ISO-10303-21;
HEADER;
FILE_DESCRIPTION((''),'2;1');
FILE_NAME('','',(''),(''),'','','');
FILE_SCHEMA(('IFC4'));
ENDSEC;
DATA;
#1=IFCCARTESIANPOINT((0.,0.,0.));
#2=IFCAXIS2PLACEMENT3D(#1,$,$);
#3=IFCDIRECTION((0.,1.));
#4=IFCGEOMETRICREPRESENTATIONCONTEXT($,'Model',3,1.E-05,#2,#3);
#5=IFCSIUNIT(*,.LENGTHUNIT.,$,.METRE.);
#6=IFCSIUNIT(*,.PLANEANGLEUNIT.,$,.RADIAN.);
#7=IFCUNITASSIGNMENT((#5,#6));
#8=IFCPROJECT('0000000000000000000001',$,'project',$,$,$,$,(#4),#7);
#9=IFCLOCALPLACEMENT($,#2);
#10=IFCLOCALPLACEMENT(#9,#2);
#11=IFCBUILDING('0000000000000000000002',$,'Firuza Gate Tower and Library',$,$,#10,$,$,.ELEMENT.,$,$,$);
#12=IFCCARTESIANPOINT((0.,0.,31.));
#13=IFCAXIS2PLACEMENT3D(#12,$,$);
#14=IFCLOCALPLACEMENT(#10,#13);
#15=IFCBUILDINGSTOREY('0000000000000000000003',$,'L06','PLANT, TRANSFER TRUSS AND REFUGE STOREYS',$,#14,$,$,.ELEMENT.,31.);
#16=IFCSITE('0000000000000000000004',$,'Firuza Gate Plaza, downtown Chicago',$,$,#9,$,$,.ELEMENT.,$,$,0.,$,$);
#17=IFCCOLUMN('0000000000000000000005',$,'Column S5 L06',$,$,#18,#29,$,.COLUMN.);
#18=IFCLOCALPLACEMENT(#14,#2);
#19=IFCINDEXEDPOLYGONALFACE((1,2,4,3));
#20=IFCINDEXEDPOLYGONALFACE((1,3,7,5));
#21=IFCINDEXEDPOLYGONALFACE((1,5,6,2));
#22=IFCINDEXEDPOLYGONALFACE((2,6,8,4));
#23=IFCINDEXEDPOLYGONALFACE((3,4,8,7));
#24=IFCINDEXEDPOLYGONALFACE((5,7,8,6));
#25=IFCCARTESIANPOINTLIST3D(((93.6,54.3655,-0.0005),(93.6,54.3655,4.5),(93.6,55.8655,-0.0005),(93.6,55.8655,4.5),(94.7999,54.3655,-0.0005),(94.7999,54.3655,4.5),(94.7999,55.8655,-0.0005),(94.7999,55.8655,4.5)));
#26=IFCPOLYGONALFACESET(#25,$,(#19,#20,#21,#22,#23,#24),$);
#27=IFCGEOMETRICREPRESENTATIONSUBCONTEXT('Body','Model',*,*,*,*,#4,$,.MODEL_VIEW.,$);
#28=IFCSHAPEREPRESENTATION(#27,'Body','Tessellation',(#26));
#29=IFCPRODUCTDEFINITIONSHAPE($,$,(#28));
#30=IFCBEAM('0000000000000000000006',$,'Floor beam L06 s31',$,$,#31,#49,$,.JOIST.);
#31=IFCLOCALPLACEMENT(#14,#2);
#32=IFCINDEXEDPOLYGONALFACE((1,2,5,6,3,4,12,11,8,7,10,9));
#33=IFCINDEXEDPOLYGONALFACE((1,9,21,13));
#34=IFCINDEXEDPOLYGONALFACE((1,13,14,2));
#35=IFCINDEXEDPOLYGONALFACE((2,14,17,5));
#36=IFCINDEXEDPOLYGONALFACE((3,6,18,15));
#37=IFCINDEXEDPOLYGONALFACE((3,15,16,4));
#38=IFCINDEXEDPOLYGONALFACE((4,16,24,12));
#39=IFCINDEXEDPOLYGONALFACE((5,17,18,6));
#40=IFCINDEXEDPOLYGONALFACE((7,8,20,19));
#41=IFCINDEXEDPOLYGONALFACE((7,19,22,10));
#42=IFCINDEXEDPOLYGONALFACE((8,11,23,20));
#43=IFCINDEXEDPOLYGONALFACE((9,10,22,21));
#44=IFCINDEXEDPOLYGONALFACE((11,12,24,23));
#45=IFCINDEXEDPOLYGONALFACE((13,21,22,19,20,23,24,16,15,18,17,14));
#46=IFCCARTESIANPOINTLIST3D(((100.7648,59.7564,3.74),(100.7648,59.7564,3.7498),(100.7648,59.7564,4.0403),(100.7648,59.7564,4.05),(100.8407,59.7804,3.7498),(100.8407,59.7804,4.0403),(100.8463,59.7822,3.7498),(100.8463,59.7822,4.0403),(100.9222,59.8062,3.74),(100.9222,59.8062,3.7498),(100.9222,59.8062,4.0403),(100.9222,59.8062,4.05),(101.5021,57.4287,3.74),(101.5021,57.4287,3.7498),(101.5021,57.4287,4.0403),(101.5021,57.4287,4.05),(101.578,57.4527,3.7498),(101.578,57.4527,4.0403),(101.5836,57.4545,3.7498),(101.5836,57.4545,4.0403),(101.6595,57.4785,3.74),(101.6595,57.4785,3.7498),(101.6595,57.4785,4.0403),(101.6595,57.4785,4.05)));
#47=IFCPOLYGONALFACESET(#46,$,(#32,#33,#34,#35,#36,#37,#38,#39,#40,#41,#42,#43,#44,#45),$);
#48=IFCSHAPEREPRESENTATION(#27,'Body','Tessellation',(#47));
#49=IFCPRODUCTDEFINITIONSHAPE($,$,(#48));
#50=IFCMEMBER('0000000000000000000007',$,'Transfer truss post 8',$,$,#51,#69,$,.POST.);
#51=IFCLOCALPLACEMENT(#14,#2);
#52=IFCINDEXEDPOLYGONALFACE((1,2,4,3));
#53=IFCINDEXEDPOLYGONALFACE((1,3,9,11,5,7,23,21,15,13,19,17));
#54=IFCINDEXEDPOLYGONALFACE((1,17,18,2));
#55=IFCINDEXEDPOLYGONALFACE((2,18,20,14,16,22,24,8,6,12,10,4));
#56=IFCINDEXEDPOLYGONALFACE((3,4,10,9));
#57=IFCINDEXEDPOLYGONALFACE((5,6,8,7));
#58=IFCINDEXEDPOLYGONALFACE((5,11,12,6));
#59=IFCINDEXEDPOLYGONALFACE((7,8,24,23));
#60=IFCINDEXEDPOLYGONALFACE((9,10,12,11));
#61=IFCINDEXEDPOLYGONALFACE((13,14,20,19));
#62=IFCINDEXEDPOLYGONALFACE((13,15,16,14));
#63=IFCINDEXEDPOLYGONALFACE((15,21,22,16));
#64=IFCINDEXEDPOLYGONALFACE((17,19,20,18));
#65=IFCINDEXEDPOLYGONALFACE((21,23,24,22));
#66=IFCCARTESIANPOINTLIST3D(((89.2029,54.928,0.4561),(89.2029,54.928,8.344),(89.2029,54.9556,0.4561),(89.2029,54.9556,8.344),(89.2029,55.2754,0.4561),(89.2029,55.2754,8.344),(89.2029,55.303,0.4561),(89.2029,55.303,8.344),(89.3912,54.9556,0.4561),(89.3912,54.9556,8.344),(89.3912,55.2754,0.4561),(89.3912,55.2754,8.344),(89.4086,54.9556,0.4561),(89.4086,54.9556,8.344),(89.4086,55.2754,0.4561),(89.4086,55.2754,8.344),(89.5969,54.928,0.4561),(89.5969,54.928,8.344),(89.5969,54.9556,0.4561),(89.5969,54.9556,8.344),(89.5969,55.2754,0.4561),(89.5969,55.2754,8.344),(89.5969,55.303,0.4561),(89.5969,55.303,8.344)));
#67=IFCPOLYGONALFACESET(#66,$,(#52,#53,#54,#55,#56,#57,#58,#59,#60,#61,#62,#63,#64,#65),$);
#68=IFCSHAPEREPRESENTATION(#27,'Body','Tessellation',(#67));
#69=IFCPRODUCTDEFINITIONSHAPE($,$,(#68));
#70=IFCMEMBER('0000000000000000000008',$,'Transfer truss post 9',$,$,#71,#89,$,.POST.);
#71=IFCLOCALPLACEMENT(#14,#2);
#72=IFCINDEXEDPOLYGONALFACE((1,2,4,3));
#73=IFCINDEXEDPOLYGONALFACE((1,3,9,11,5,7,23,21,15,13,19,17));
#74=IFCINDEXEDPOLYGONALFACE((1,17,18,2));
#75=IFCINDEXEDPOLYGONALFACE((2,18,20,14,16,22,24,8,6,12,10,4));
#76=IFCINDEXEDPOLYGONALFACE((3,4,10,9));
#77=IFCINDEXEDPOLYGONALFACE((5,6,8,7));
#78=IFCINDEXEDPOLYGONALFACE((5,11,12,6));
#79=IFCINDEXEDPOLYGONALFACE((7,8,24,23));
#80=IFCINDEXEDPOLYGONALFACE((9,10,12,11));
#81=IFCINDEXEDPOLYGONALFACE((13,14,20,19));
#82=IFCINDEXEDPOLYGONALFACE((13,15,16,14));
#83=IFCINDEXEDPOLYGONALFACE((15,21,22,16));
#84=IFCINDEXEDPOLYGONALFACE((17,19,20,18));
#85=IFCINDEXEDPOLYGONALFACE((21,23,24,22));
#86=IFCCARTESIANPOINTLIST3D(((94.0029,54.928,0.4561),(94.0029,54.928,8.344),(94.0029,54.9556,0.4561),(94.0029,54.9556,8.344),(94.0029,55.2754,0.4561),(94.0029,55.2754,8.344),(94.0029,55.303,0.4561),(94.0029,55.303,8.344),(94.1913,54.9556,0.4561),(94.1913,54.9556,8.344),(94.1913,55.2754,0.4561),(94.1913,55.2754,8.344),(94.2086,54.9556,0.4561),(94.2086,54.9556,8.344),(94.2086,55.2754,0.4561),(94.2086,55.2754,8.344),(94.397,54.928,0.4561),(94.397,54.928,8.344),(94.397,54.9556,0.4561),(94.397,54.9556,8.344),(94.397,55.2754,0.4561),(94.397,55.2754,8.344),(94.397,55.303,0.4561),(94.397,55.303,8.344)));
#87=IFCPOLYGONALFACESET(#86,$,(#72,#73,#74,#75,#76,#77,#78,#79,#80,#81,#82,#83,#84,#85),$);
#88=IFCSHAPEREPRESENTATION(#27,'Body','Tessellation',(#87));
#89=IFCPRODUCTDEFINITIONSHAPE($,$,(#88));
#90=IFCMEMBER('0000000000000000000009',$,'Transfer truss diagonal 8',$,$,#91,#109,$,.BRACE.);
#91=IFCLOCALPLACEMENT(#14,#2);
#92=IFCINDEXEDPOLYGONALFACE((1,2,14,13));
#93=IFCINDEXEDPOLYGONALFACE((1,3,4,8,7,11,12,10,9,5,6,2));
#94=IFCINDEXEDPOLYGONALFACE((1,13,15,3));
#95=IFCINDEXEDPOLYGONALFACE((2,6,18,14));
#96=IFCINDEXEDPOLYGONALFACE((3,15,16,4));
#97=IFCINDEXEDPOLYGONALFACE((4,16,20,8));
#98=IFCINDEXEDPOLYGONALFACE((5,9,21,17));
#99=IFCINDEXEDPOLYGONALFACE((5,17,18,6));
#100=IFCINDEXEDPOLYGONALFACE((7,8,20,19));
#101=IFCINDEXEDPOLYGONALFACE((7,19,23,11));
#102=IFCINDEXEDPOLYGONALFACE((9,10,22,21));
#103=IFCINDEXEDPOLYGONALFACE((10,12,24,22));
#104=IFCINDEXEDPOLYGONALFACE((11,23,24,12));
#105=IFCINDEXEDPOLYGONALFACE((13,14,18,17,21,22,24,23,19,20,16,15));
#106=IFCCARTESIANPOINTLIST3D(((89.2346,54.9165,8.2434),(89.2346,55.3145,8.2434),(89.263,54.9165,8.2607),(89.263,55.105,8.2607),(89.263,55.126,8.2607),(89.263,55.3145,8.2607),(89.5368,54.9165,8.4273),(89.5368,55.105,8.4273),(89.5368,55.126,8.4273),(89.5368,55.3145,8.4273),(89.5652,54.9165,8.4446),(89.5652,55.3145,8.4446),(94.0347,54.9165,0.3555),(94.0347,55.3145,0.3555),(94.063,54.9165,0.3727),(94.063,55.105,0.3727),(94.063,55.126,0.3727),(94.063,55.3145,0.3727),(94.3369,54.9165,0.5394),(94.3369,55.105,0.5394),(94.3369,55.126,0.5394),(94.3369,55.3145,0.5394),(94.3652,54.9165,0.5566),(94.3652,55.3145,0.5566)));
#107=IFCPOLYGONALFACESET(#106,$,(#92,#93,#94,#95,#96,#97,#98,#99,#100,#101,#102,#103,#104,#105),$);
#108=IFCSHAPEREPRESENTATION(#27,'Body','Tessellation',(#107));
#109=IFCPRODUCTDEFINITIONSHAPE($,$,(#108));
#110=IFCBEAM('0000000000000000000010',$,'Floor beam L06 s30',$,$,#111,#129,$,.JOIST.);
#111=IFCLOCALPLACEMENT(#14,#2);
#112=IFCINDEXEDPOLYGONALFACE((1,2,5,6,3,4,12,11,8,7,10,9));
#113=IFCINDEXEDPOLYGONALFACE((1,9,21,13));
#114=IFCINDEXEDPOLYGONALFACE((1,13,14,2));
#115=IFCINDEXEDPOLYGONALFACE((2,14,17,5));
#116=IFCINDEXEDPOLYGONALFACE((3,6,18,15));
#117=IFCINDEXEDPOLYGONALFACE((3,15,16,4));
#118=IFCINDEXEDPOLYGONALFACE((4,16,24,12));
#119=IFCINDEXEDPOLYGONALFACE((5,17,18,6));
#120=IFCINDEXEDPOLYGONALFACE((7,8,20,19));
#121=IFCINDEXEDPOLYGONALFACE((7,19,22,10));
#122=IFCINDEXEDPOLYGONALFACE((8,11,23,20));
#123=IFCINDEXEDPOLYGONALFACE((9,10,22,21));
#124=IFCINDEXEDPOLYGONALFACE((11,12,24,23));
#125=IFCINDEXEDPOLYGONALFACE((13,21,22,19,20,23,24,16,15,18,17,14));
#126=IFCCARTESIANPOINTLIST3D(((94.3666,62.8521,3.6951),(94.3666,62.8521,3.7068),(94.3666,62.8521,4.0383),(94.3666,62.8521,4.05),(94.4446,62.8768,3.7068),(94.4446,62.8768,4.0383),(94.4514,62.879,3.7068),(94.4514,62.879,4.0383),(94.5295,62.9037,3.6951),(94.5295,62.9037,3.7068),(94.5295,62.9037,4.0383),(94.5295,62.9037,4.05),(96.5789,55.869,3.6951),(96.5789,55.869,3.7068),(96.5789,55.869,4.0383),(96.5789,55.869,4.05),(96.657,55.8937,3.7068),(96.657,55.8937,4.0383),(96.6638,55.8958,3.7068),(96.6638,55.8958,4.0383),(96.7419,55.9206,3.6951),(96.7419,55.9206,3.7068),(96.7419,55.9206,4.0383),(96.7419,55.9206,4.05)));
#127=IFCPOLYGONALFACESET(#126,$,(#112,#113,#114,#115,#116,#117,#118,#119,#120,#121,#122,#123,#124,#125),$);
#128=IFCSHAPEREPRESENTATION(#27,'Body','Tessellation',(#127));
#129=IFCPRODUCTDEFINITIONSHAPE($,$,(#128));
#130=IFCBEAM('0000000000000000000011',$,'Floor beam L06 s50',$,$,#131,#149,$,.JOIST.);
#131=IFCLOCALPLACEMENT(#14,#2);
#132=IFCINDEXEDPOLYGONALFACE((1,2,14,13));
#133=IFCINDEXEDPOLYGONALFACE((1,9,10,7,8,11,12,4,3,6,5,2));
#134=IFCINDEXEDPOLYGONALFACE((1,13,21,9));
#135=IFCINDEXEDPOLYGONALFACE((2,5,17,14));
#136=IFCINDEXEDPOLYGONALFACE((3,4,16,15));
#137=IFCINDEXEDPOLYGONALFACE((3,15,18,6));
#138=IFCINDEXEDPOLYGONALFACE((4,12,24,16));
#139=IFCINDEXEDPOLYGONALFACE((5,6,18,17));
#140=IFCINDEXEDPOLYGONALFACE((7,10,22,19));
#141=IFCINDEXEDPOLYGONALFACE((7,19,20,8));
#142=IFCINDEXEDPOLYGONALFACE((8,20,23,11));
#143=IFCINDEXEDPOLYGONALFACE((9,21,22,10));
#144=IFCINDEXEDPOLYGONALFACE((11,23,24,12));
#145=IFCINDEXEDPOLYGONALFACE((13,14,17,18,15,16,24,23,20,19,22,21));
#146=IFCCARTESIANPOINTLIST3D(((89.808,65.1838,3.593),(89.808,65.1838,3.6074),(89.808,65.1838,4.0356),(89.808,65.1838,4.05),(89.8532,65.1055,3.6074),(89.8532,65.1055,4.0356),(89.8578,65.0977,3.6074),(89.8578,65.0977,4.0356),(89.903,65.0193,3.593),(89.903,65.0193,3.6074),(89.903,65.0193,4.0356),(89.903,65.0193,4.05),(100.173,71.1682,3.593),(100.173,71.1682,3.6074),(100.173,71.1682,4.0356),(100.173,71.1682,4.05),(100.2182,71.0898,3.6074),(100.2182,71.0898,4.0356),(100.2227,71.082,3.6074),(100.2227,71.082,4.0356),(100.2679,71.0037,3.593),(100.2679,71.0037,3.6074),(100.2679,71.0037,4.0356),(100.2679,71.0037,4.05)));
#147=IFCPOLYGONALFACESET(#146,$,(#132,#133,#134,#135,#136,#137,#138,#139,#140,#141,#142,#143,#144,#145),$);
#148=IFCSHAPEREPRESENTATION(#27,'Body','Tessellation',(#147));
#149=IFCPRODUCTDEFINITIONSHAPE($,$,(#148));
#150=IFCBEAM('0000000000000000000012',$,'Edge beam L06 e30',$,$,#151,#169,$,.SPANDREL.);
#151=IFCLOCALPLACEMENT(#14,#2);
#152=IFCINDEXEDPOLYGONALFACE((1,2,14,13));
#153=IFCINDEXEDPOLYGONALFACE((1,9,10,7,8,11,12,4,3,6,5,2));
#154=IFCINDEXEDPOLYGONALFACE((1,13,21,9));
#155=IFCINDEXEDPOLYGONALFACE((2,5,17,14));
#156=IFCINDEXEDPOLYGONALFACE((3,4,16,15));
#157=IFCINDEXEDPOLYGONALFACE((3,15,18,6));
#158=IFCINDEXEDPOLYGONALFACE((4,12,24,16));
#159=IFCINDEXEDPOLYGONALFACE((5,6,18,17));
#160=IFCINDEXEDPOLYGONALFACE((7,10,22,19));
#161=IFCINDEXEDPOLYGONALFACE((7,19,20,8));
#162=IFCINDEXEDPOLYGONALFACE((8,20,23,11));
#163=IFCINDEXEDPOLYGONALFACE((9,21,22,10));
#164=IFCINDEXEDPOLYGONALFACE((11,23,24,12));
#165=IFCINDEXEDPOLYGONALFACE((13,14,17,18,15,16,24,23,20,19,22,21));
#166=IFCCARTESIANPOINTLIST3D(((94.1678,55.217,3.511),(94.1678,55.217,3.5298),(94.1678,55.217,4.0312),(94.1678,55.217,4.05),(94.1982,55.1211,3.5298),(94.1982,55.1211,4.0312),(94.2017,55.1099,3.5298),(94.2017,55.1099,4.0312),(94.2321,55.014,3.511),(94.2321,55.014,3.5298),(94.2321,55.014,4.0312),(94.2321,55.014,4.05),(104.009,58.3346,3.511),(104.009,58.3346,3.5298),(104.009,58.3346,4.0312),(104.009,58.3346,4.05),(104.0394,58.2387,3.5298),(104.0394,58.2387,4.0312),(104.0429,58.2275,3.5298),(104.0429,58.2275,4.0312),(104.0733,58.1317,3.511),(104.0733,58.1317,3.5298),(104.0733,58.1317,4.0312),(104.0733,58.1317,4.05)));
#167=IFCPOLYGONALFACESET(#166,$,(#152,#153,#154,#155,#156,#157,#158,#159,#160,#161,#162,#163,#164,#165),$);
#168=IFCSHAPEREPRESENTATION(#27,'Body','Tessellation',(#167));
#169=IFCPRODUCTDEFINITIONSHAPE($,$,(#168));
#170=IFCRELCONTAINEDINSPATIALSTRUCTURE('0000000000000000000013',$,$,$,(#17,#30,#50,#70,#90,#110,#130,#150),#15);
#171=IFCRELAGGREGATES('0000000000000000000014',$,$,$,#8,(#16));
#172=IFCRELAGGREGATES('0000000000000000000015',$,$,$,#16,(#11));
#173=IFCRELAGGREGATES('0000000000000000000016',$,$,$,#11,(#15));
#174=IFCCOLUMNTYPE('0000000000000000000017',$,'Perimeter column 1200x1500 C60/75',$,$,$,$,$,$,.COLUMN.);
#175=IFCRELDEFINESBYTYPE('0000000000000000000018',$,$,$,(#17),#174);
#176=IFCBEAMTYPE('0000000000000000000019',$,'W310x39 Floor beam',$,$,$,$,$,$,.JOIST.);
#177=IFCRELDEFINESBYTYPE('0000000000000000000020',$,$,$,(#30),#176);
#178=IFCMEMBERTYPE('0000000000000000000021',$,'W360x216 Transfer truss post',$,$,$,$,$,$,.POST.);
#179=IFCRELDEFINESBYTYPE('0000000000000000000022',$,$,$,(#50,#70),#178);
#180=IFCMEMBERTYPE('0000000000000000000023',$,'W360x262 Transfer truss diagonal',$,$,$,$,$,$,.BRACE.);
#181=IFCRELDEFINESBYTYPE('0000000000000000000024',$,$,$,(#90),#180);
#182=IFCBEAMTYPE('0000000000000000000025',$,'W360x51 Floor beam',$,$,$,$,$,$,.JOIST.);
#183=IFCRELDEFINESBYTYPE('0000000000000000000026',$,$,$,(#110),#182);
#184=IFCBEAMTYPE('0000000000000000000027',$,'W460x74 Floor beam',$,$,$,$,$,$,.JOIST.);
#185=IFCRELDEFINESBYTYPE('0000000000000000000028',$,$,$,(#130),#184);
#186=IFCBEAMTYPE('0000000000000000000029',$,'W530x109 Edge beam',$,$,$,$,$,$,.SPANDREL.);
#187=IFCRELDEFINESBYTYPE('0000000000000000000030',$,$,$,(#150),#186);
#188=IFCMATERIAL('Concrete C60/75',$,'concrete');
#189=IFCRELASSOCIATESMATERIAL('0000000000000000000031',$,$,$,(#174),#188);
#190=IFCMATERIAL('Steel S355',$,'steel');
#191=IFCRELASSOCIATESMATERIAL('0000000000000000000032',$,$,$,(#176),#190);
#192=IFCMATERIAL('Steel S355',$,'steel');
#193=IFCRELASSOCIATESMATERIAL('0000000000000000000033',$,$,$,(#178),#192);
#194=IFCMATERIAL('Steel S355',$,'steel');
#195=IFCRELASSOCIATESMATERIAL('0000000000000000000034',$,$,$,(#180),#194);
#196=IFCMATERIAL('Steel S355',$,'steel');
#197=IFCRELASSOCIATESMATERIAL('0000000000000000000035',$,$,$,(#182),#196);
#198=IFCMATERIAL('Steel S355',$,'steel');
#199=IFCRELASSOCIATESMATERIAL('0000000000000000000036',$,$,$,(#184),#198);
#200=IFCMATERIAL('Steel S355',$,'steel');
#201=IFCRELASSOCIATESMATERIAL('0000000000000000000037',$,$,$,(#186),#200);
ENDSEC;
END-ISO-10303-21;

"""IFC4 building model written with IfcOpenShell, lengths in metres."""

from ifc_helpers import new_model, si_unit, direction, frame, origin, origin_2d, place, context, subcontext, project, spatial, rectangle, i_section, extrude, material, material_profile, profile_set, type_object, element, save


model = new_model("IFC4")

# Units and contexts
model_context = context("Model", 3, precision=1e-05, world=origin(), true_north=direction((0.0, 1.0)))
body_context = subcontext(model_context, "Body", "Model", "MODEL_VIEW")
ifc_project = project(units=[si_unit("LENGTHUNIT", "METRE"), si_unit("PLANEANGLEUNIT", "RADIAN")], contexts=[model_context])

# Site, building, storey
site_placement = place(None, origin())
site = spatial("IfcSite", under=ifc_project, at=site_placement, Name="Firuza Gate Plaza, downtown Chicago", CompositionType="ELEMENT", RefElevation=0.0)
building_placement = place(site_placement, origin())
building = spatial("IfcBuilding", under=site, at=building_placement, Name="Firuza Gate Tower and Library", CompositionType="ELEMENT")
storey_placement = place(building_placement, frame((0.0, 0.0, 31.0)))
storey = spatial("IfcBuildingStorey", under=building, at=storey_placement, Name="L06", Description="PLANT, TRANSFER TRUSS AND REFUGE STOREYS", CompositionType="ELEMENT", Elevation=31.0)

# Column
ifc_material_1 = material(Name="Concrete C60/75", Category="concrete")
ifc_material_profile_1 = material_profile(ifc_material_1, rectangle(XDim=1.2, YDim=1.5, at=origin_2d()))
ifc_profile_set_1 = profile_set([ifc_material_profile_1], Name="Concrete C60/75")
column_type = type_object("IfcColumnType", Name="Perimeter column 1200x1500 C60/75", PredefinedType="COLUMN", material=ifc_profile_set_1)
column_placement = place(storey_placement, frame((94.2, 55.1155, -0.0005), z_axis=(0.0, 0.0, 1.0), x_axis=(1.0, 0.0, 0.0)))
element("IfcColumn", 1, at=column_placement, inside=storey, type_object=column_type, Name="Column S5 L06", PredefinedType="COLUMN", context=body_context, shape_type="SweptSolid", body=[
    extrude(rectangle(XDim=1.2, YDim=1.5, at=origin_2d()), origin(), (0.0, 0.0, 1.0), 4.5005),
])

# Beam
ifc_material_2 = material(Name="Steel S355", Category="steel")
ifc_material_profile_2 = material_profile(ifc_material_2, i_section(OverallWidth=0.165, OverallDepth=0.3101, WebThickness=0.0059, FlangeThickness=0.0098, at=origin_2d()))
ifc_profile_set_2 = profile_set([ifc_material_profile_2], Name="Steel S355")
beam_type_1 = type_object("IfcBeamType", Name="W310x39 Floor beam", PredefinedType="JOIST", material=ifc_profile_set_2)
beam_1_placement = place(storey_placement, frame((101.5808, 57.4536, 3.895), z_axis=(-0.301973, 0.953316, 0.0), x_axis=(-0.953316, -0.301973, 0.0)))
element("IfcBeam", 2, at=beam_1_placement, inside=storey, type_object=beam_type_1, Name="Floor beam L06 s31", PredefinedType="JOIST", context=body_context, shape_type="SweptSolid", body=[
    extrude(i_section(OverallWidth=0.165, OverallDepth=0.3101, WebThickness=0.0059, FlangeThickness=0.0098, at=origin_2d()), origin(), (0.0, 0.0, 1.0), 2.4417),
])

# Members
ifc_material_3 = material(Name="Steel S355", Category="steel")
ifc_material_profile_3 = material_profile(ifc_material_3, i_section(OverallWidth=0.394, OverallDepth=0.375, WebThickness=0.0173, FlangeThickness=0.0276, at=origin_2d()))
ifc_profile_set_3 = profile_set([ifc_material_profile_3], Name="Steel S355")
member_type_1 = type_object("IfcMemberType", Name="W360x216 Transfer truss post", PredefinedType="POST", material=ifc_profile_set_3)
for number, where, z_axis, x_axis, name in (
    (3, (89.3999, 55.1155, 0.4561), (0.0, 0.0, 1.0), (1.0, 0.0, 0.0), "Transfer truss post 8"),
    (4, (94.2, 55.1155, 0.4561), (0.0, 0.0, 1.0), (1.0, 0.0, 0.0), "Transfer truss post 9"),
):
    element("IfcMember", number, at=place(storey_placement, frame(where, z_axis=z_axis, x_axis=x_axis)), inside=storey, type_object=member_type_1, Name=name, PredefinedType="POST", context=body_context, shape_type="SweptSolid", body=[
        extrude(i_section(OverallWidth=0.394, OverallDepth=0.375, WebThickness=0.0173, FlangeThickness=0.0276, at=origin_2d()), origin(), (0.0, 0.0, 1.0), 7.8879),
    ])
ifc_material_4 = material(Name="Steel S355", Category="steel")
ifc_material_profile_4 = material_profile(ifc_material_4, i_section(OverallWidth=0.3979, OverallDepth=0.387, WebThickness=0.021, FlangeThickness=0.0332, at=origin_2d()))
ifc_profile_set_4 = profile_set([ifc_material_profile_4], Name="Steel S355")
member_type_2 = type_object("IfcMemberType", Name="W360x262 Transfer truss diagonal", PredefinedType="BRACE", material=ifc_profile_set_4)
member_1_placement = place(storey_placement, frame((89.3999, 55.1155, 8.344), z_axis=(0.519844, 0.0, -0.854261), x_axis=(0.0, 1.0, 0.0)))
element("IfcMember", 5, at=member_1_placement, inside=storey, type_object=member_type_2, Name="Transfer truss diagonal 8", PredefinedType="BRACE", context=body_context, shape_type="SweptSolid", body=[
    extrude(i_section(OverallWidth=0.3979, OverallDepth=0.387, WebThickness=0.021, FlangeThickness=0.0332, at=origin_2d()), origin(), (0.0, 0.0, 1.0), 9.2336),
])

# Beams
ifc_material_5 = material(Name="Steel S355", Category="steel")
ifc_material_profile_5 = material_profile(ifc_material_5, i_section(OverallWidth=0.1709, OverallDepth=0.355, WebThickness=0.0071, FlangeThickness=0.0117, at=origin_2d()))
ifc_profile_set_5 = profile_set([ifc_material_profile_5], Name="Steel S355")
beam_type_2 = type_object("IfcBeamType", Name="W360x51 Floor beam", PredefinedType="JOIST", material=ifc_profile_set_5)
beam_2_placement = place(storey_placement, frame((96.6604, 55.8948, 3.8726), z_axis=(-0.302024, 0.9533, 0.0), x_axis=(-0.9533, -0.302024, 0.0)))
element("IfcBeam", 6, at=beam_2_placement, inside=storey, type_object=beam_type_2, Name="Floor beam L06 s30", PredefinedType="JOIST", context=body_context, shape_type="SweptSolid", body=[
    extrude(i_section(OverallWidth=0.1709, OverallDepth=0.355, WebThickness=0.0071, FlangeThickness=0.0117, at=origin_2d()), origin(), (0.0, 0.0, 1.0), 7.3252),
])
ifc_material_6 = material(Name="Steel S355", Category="steel")
ifc_material_profile_6 = material_profile(ifc_material_6, i_section(OverallWidth=0.1899, OverallDepth=0.457, WebThickness=0.009, FlangeThickness=0.0144, at=origin_2d()))
ifc_profile_set_6 = profile_set([ifc_material_profile_6], Name="Steel S355")
beam_type_3 = type_object("IfcBeamType", Name="W460x74 Floor beam", PredefinedType="JOIST", material=ifc_profile_set_6)
beam_3_placement = place(storey_placement, frame((100.2205, 71.0859, 3.8215), z_axis=(-0.86602, -0.500009, 0.0), x_axis=(0.500009, -0.86602, 0.0)))
element("IfcBeam", 7, at=beam_3_placement, inside=storey, type_object=beam_type_3, Name="Floor beam L06 s50", PredefinedType="JOIST", context=body_context, shape_type="SweptSolid", body=[
    extrude(i_section(OverallWidth=0.1899, OverallDepth=0.457, WebThickness=0.009, FlangeThickness=0.0144, at=origin_2d()), origin(), (0.0, 0.0, 1.0), 11.9685),
])
ifc_material_7 = material(Name="Steel S355", Category="steel")
ifc_material_profile_7 = material_profile(ifc_material_7, i_section(OverallWidth=0.2129, OverallDepth=0.5391, WebThickness=0.0117, FlangeThickness=0.0188, at=origin_2d()))
ifc_profile_set_7 = profile_set([ifc_material_profile_7], Name="Steel S355")
beam_type_4 = type_object("IfcBeamType", Name="W530x109 Edge beam", PredefinedType="SPANDREL", material=ifc_profile_set_7)
beam_4_placement = place(storey_placement, frame((94.2, 55.1155, 3.7805), z_axis=(0.953307, 0.302003, 0.0), x_axis=(-0.302003, 0.953307, 0.0)))
element("IfcBeam", 8, at=beam_4_placement, inside=storey, type_object=beam_type_4, Name="Edge beam L06 e30", PredefinedType="SPANDREL", context=body_context, shape_type="SweptSolid", body=[
    extrude(i_section(OverallWidth=0.2129, OverallDepth=0.5391, WebThickness=0.0117, FlangeThickness=0.0188, at=origin_2d()), origin(), (0.0, 0.0, 1.0), 10.3232),
])

save(model, "model.ifc")
